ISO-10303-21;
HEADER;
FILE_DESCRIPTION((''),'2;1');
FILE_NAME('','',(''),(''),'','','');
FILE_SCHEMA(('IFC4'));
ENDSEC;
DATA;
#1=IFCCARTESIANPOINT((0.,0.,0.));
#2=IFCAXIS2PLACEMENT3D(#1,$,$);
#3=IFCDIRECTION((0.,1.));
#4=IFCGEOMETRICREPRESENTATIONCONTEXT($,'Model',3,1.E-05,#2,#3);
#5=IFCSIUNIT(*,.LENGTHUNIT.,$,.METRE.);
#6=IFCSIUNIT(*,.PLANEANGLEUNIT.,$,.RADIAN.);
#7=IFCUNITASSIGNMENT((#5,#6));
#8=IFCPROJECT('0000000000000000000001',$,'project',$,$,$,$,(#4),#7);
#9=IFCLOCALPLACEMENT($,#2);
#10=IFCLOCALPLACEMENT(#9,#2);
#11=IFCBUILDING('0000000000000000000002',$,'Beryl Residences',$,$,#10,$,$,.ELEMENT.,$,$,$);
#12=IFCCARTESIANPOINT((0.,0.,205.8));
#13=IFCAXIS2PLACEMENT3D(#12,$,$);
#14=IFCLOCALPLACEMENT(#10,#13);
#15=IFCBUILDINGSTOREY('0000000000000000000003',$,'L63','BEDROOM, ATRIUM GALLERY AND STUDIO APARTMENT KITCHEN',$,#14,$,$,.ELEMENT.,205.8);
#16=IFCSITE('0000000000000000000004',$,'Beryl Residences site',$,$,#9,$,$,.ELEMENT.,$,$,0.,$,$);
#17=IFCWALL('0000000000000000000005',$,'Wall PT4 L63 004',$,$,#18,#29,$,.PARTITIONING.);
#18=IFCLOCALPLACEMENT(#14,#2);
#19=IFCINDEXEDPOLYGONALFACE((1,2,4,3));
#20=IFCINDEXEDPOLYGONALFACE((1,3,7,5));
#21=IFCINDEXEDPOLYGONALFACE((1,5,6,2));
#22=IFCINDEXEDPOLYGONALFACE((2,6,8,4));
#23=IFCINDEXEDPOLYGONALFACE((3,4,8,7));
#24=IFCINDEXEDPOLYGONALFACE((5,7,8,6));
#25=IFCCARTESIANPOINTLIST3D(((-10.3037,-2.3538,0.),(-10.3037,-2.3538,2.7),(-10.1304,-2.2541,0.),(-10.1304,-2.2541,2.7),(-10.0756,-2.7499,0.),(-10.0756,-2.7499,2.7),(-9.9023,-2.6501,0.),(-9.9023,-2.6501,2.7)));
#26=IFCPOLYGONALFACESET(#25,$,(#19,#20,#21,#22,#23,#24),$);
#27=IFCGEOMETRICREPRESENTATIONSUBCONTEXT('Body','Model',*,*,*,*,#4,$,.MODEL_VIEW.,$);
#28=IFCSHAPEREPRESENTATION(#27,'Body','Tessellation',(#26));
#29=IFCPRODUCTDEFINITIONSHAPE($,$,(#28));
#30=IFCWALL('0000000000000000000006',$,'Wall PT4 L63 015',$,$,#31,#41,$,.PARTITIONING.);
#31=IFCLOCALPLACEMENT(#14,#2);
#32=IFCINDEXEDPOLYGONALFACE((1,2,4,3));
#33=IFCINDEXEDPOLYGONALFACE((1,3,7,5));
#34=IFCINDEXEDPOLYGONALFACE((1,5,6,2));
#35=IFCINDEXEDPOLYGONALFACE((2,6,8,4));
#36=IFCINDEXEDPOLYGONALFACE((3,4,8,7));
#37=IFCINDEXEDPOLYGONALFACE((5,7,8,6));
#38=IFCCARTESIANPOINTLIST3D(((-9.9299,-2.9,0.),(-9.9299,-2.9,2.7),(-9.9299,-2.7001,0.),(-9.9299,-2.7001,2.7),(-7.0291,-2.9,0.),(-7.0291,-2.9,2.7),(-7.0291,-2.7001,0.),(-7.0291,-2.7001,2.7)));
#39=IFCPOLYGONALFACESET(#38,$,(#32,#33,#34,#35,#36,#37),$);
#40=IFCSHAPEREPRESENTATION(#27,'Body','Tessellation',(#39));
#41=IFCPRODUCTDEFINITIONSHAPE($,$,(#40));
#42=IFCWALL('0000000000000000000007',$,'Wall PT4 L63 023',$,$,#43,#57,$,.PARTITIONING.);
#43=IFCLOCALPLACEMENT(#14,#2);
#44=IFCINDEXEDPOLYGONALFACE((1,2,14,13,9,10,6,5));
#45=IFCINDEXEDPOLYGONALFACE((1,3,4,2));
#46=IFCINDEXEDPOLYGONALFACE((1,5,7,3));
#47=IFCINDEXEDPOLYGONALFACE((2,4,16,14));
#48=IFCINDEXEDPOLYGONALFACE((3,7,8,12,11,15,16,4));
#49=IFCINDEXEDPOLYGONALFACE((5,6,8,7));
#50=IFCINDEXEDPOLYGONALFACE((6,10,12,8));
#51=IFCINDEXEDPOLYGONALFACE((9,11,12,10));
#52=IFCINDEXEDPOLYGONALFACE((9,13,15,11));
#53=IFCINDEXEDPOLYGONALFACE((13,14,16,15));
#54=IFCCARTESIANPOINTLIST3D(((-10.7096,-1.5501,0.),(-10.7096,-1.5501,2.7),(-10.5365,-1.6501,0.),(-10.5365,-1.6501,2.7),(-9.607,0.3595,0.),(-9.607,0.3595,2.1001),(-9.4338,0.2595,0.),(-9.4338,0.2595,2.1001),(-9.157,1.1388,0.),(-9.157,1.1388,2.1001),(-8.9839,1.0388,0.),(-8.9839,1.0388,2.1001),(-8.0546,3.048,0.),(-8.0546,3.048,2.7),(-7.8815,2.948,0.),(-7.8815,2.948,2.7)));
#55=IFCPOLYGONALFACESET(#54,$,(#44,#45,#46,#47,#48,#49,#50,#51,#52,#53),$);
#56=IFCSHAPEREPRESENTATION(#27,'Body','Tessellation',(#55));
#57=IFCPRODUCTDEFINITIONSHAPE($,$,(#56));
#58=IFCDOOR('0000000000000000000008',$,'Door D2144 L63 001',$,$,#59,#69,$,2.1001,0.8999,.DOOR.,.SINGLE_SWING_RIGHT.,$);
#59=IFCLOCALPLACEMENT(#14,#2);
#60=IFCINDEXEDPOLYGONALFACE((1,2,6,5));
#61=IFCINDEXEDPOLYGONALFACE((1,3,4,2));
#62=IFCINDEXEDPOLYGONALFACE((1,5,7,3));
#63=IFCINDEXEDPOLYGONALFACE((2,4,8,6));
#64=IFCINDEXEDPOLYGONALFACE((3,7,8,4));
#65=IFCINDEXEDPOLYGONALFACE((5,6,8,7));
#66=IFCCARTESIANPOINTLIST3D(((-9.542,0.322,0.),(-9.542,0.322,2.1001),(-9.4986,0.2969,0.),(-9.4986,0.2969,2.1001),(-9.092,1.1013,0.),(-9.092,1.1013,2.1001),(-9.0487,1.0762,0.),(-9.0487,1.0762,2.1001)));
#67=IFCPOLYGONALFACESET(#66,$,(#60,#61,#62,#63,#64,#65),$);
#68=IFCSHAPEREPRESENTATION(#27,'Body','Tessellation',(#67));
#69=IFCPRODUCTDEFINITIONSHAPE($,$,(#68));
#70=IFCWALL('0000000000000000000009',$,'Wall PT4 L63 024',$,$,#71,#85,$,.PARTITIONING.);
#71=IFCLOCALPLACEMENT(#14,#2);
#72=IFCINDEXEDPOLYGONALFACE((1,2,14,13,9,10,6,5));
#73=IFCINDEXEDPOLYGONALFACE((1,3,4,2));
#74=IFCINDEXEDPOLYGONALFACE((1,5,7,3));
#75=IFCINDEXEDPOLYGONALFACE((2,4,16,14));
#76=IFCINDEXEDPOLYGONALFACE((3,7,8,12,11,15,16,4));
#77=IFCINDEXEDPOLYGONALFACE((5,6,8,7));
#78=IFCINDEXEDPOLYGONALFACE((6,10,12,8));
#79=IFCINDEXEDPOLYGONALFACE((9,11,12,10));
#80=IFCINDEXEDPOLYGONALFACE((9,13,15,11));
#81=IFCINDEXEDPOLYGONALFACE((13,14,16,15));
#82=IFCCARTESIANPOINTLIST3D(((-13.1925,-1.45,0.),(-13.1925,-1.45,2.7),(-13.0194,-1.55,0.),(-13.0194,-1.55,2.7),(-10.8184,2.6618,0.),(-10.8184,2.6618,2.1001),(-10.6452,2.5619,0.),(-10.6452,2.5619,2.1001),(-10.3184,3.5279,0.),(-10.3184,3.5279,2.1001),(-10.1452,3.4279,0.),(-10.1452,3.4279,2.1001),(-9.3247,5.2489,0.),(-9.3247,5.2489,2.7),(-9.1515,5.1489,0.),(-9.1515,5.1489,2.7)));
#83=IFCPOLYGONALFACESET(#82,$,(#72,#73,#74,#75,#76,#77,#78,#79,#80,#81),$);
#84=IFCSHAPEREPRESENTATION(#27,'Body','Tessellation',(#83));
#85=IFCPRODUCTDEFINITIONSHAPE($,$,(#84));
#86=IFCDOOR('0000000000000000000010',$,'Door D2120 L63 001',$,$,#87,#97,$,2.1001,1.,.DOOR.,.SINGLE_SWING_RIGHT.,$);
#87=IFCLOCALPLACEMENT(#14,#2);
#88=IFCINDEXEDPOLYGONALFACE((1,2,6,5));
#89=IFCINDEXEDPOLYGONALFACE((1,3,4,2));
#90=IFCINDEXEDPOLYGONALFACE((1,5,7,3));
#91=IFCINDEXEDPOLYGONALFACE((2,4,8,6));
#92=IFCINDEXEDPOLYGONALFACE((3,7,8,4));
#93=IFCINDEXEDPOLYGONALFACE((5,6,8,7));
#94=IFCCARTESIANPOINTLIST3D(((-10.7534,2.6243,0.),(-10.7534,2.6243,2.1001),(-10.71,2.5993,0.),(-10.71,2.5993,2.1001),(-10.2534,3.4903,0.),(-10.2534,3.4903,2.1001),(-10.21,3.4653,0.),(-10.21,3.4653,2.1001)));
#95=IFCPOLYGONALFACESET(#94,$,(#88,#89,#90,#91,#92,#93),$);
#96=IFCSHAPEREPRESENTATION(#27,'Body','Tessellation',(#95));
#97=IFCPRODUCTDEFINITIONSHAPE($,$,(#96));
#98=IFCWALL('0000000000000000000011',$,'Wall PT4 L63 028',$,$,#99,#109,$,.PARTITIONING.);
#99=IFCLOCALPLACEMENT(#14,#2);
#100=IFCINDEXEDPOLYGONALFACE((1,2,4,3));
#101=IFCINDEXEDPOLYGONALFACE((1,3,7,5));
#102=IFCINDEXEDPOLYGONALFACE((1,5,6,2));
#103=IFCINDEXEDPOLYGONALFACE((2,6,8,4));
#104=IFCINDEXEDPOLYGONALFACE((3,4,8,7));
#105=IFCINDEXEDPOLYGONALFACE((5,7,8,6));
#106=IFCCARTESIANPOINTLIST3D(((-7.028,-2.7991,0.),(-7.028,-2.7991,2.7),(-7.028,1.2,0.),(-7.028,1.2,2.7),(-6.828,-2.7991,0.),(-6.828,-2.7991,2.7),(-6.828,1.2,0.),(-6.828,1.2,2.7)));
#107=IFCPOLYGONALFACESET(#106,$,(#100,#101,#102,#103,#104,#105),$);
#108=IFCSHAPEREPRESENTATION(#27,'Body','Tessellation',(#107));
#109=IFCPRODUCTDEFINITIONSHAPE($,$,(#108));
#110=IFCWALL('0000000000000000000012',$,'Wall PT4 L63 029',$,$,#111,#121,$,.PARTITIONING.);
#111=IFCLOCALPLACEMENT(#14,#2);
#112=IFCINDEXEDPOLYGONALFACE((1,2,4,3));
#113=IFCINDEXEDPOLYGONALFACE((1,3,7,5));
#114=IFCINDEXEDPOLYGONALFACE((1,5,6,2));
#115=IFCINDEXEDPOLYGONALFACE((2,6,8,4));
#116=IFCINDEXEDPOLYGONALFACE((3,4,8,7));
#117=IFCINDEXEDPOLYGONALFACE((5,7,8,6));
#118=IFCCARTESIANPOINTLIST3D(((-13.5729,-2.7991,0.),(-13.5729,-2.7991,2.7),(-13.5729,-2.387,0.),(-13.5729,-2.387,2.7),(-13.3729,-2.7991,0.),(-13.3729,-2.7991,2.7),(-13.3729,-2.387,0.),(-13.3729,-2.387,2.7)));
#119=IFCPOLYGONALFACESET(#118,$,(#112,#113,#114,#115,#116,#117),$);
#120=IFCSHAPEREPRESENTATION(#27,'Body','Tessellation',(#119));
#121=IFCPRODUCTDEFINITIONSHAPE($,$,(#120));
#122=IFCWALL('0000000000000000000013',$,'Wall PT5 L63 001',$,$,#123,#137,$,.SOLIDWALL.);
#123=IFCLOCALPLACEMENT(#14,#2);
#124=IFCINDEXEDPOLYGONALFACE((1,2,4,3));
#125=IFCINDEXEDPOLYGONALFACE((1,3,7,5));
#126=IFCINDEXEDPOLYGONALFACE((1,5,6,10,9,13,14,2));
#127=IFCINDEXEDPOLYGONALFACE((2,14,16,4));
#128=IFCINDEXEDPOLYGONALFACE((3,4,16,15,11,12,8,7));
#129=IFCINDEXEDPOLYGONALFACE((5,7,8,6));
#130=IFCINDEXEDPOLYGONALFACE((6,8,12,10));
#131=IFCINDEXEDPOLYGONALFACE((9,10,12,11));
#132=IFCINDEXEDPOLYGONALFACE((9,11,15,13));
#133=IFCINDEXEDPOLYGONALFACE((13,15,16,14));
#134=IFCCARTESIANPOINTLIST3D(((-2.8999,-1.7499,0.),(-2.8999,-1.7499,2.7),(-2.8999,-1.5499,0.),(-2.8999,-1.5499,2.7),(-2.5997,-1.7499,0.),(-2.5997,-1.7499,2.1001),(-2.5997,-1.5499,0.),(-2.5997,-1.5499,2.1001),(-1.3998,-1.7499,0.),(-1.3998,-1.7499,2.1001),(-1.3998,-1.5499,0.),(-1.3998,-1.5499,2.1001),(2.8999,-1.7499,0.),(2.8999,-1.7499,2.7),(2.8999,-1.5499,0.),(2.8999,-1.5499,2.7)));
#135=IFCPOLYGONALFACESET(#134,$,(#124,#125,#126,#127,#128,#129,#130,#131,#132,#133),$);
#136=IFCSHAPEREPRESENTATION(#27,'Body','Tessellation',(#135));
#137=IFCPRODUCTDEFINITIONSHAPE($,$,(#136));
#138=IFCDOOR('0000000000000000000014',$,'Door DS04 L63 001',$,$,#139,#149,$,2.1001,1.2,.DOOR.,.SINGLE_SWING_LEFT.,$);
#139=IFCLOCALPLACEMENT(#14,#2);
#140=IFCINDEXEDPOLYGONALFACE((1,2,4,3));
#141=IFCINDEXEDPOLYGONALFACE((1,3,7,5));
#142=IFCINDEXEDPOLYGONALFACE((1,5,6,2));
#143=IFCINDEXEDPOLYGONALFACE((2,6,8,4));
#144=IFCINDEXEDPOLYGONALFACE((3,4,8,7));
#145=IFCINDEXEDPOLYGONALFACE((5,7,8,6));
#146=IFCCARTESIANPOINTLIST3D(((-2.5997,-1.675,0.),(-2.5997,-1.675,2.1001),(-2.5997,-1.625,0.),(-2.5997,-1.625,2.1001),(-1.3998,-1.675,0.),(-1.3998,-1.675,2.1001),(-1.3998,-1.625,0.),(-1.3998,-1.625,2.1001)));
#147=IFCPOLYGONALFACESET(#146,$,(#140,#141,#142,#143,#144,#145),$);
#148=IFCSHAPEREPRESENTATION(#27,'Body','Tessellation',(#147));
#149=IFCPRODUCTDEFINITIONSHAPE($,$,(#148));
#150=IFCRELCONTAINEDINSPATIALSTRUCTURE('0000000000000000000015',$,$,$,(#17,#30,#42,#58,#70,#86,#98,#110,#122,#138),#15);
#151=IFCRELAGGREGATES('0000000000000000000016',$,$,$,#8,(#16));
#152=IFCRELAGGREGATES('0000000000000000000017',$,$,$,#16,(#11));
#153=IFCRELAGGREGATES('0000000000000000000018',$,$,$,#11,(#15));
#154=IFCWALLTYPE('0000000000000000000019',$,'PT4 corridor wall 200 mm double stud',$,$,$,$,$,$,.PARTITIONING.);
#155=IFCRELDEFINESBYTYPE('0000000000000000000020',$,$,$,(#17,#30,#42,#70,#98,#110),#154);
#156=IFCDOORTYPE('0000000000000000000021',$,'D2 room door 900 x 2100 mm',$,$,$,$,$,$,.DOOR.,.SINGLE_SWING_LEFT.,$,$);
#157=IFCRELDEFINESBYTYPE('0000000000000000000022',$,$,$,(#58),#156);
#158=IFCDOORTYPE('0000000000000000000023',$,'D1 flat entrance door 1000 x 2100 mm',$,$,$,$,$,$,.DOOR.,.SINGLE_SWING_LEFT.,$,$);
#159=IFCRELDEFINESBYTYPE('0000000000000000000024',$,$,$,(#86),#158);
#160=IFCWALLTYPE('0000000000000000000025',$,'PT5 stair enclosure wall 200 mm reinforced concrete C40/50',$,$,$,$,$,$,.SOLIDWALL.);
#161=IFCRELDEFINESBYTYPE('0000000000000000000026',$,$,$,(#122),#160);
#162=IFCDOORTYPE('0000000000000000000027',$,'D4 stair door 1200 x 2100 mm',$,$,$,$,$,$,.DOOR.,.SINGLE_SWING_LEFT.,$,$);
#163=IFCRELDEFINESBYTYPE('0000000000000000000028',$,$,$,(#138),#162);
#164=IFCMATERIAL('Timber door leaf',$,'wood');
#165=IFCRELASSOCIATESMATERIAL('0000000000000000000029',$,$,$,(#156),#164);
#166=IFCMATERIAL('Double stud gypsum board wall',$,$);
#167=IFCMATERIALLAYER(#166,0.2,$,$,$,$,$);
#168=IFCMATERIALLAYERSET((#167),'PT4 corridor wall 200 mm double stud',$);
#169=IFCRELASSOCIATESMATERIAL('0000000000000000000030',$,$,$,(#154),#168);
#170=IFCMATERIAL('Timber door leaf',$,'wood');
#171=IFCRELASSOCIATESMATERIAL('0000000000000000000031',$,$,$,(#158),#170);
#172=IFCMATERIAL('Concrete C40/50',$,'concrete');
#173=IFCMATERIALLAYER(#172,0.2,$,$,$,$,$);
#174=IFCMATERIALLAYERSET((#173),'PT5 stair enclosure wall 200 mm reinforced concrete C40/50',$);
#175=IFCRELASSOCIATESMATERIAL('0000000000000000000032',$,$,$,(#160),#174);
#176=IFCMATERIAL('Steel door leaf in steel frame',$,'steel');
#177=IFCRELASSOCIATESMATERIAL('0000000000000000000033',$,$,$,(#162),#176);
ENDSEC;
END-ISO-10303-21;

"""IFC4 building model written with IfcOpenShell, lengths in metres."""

from ifc_helpers import new_model, si_unit, direction, frame, frame_2d, origin, place, context, subcontext, project, spatial, rectangle, extrude, material, layer, layer_set, type_object, element, fill, save


model = new_model("IFC4")

# Units and contexts
model_context = context("Model", 3, precision=1e-05, world=origin(), true_north=direction((0.0, 1.0)))
body_context = subcontext(model_context, "Body", "Model", "MODEL_VIEW")
ifc_project = project(units=[si_unit("LENGTHUNIT", "METRE"), si_unit("PLANEANGLEUNIT", "RADIAN")], contexts=[model_context])

# Site, building, storey
site_placement = place(None, origin())
site = spatial("IfcSite", under=ifc_project, at=site_placement, Name="Beryl Residences site", CompositionType="ELEMENT", RefElevation=0.0)
building_placement = place(site_placement, origin())
building = spatial("IfcBuilding", under=site, at=building_placement, Name="Beryl Residences", CompositionType="ELEMENT")
storey_placement = place(building_placement, frame((0.0, 0.0, 205.8)))
storey = spatial("IfcBuildingStorey", under=building, at=storey_placement, Name="L63", Description="BEDROOM, ATRIUM GALLERY AND STUDIO APARTMENT KITCHEN", CompositionType="ELEMENT", Elevation=205.8)

# Shared definitions
ifc_material_1 = material(Name="Timber door leaf", Category="wood")
door_type_1 = type_object("IfcDoorType", Name="D2 room door 900 x 2100 mm", OperationType="SINGLE_SWING_LEFT", PredefinedType="DOOR", material=ifc_material_1)

# Walls
ifc_material_2 = material(Name="Double stud gypsum board wall")
ifc_layer_1 = layer(ifc_material_2, 0.2)
ifc_layer_set_1 = layer_set([ifc_layer_1], Name="PT4 corridor wall 200 mm double stud")
wall_type_1 = type_object("IfcWallType", Name="PT4 corridor wall 200 mm double stud", PredefinedType="PARTITIONING", material=ifc_layer_set_1)
wall_1_placement = place(storey_placement, frame((-10.217, -2.304, 0.0), z_axis=(0.0, 0.0, 1.0), x_axis=(0.499013, -0.866594, 0.0)))
element("IfcWall", 1, at=wall_1_placement, inside=storey, type_object=wall_type_1, Name="Wall PT4 L63 004", PredefinedType="PARTITIONING", context=body_context, shape_type="SweptSolid", body=[
    extrude(rectangle(XDim=0.457, YDim=0.2, at=frame_2d((0.2285, 0.0))), origin(), (0.0, 0.0, 1.0), 2.7),
])
wall_2_placement = place(storey_placement, frame((-9.9299, -2.8, 0.0), z_axis=(0.0, 0.0, 1.0), x_axis=(1.0, 0.0, 0.0)))
element("IfcWall", 2, at=wall_2_placement, inside=storey, type_object=wall_type_1, Name="Wall PT4 L63 015", PredefinedType="PARTITIONING", context=body_context, shape_type="SweptSolid", body=[
    extrude(rectangle(XDim=2.9009, YDim=0.2, at=frame_2d((1.4504, 0.0))), origin(), (0.0, 0.0, 1.0), 2.7),
])

# Walls, openings, doors
wall_3_placement = place(storey_placement, frame((-10.623, -1.6001, 0.0), z_axis=(0.0, 0.0, 1.0), x_axis=(0.500041, 0.866002, 0.0)))
wall_3 = element("IfcWall", 3, at=wall_3_placement, inside=storey, type_object=wall_type_1, Name="Wall PT4 L63 023", PredefinedType="PARTITIONING", context=body_context, shape_type="SweptSolid", body=[
    extrude(rectangle(XDim=5.3096, YDim=0.2, at=frame_2d((2.6548, 0.0))), origin(), (0.0, 0.0, 1.0), 2.7),
])
opening_1_placement = place(wall_3_placement, frame((2.2051, 0.0, 0.0)))
opening_1 = element("IfcOpeningElement", 4, at=opening_1_placement, cuts=wall_3, PredefinedType="OPENING", context=body_context, shape_type="SweptSolid", body=[
    extrude(rectangle(XDim=0.8999, YDim=2.1001, at=frame_2d((0.45, 1.05))), frame((0.0, 0.1099, 0.0), z_axis=(0.0, -1.0, 0.0), x_axis=(1.0, 0.0, 0.0)), (0.0, 0.0, 1.0), 0.22),
])
door_1_placement = place(opening_1_placement, origin())
door_1 = element("IfcDoor", 5, at=door_1_placement, inside=storey, type_object=door_type_1, Name="Door D2144 L63 001", OperationType="SINGLE_SWING_RIGHT", OverallHeight=2.1001, OverallWidth=0.8999, PredefinedType="DOOR", context=body_context, shape_type="SweptSolid", body=[
    extrude(rectangle(XDim=0.8999, YDim=2.1001, at=frame_2d((0.45, 1.05))), frame((0.0, 0.0249, 0.0), z_axis=(0.0, -1.0, 0.0), x_axis=(1.0, 0.0, 0.0)), (0.0, 0.0, 1.0), 0.05),
])
fill(opening_1, door_1)
wall_4_placement = place(storey_placement, frame((-13.106, -1.5, 0.0), z_axis=(0.0, 0.0, 1.0), x_axis=(0.500026, 0.866011, 0.0)))
wall_4 = element("IfcWall", 6, at=wall_4_placement, inside=storey, type_object=wall_type_1, Name="Wall PT4 L63 024", PredefinedType="PARTITIONING", context=body_context, shape_type="SweptSolid", body=[
    extrude(rectangle(XDim=7.7354, YDim=0.2, at=frame_2d((3.8677, 0.0))), origin(), (0.0, 0.0, 1.0), 2.7),
])
opening_2_placement = place(wall_4_placement, frame((4.748, 0.0, 0.0)))
opening_2 = element("IfcOpeningElement", 7, at=opening_2_placement, cuts=wall_4, PredefinedType="OPENING", context=body_context, shape_type="SweptSolid", body=[
    extrude(rectangle(XDim=1.0, YDim=2.1001, at=frame_2d((0.5, 1.05))), frame((0.0, 0.1099, 0.0), z_axis=(0.0, -1.0, 0.0), x_axis=(1.0, 0.0, 0.0)), (0.0, 0.0, 1.0), 0.22),
])
ifc_material_3 = material(Name="Timber door leaf", Category="wood")
door_type_2 = type_object("IfcDoorType", Name="D1 flat entrance door 1000 x 2100 mm", OperationType="SINGLE_SWING_LEFT", PredefinedType="DOOR", material=ifc_material_3)
door_2_placement = place(opening_2_placement, origin())
door_2 = element("IfcDoor", 8, at=door_2_placement, inside=storey, type_object=door_type_2, Name="Door D2120 L63 001", OperationType="SINGLE_SWING_RIGHT", OverallHeight=2.1001, OverallWidth=1.0, PredefinedType="DOOR", context=body_context, shape_type="SweptSolid", body=[
    extrude(rectangle(XDim=1.0, YDim=2.1001, at=frame_2d((0.5, 1.05))), frame((0.0, 0.0249, 0.0), z_axis=(0.0, -1.0, 0.0), x_axis=(1.0, 0.0, 0.0)), (0.0, 0.0, 1.0), 0.05),
])
fill(opening_2, door_2)

# Walls
wall_5_placement = place(storey_placement, frame((-6.928, -2.7991, 0.0), z_axis=(0.0, 0.0, 1.0), x_axis=(0.0, 1.0, 0.0)))
element("IfcWall", 9, at=wall_5_placement, inside=storey, type_object=wall_type_1, Name="Wall PT4 L63 028", PredefinedType="PARTITIONING", context=body_context, shape_type="SweptSolid", body=[
    extrude(rectangle(XDim=3.999, YDim=0.2, at=frame_2d((1.9995, 0.0))), origin(), (0.0, 0.0, 1.0), 2.7),
])
wall_6_placement = place(storey_placement, frame((-13.4729, -2.7991, 0.0), z_axis=(0.0, 0.0, 1.0), x_axis=(0.0, 1.0, 0.0)))
element("IfcWall", 10, at=wall_6_placement, inside=storey, type_object=wall_type_1, Name="Wall PT4 L63 029", PredefinedType="PARTITIONING", context=body_context, shape_type="SweptSolid", body=[
    extrude(rectangle(XDim=0.4121, YDim=0.2, at=frame_2d((0.2061, 0.0))), origin(), (0.0, 0.0, 1.0), 2.7),
])

# Wall, opening, door
ifc_material_4 = material(Name="Concrete C40/50", Category="concrete")
ifc_layer_2 = layer(ifc_material_4, 0.2)
ifc_layer_set_2 = layer_set([ifc_layer_2], Name="PT5 stair enclosure wall 200 mm reinforced concrete C40/50")
wall_type_2 = type_object("IfcWallType", Name="PT5 stair enclosure wall 200 mm reinforced concrete C40/50", PredefinedType="SOLIDWALL", material=ifc_layer_set_2)
wall_7_placement = place(storey_placement, frame((-2.8999, -1.6499, 0.0), z_axis=(0.0, 0.0, 1.0), x_axis=(1.0, 0.0, 0.0)))
wall_7 = element("IfcWall", 11, at=wall_7_placement, inside=storey, type_object=wall_type_2, Name="Wall PT5 L63 001", PredefinedType="SOLIDWALL", context=body_context, shape_type="SweptSolid", body=[
    extrude(rectangle(XDim=5.7998, YDim=0.2, at=frame_2d((2.8999, 0.0))), origin(), (0.0, 0.0, 1.0), 2.7),
])
opening_3_placement = place(wall_7_placement, frame((0.3, 0.0, 0.0)))
opening_3 = element("IfcOpeningElement", 12, at=opening_3_placement, cuts=wall_7, PredefinedType="OPENING", context=body_context, shape_type="SweptSolid", body=[
    extrude(rectangle(XDim=1.2, YDim=2.1001, at=frame_2d((0.6001, 1.05))), frame((0.0, 0.1099, 0.0), z_axis=(0.0, -1.0, 0.0), x_axis=(1.0, 0.0, 0.0)), (0.0, 0.0, 1.0), 0.22),
])
ifc_material_5 = material(Name="Steel door leaf in steel frame", Category="steel")
door_type_3 = type_object("IfcDoorType", Name="D4 stair door 1200 x 2100 mm", OperationType="SINGLE_SWING_LEFT", PredefinedType="DOOR", material=ifc_material_5)
door_3_placement = place(opening_3_placement, origin())
door_3 = element("IfcDoor", 13, at=door_3_placement, inside=storey, type_object=door_type_3, Name="Door DS04 L63 001", OperationType="SINGLE_SWING_LEFT", OverallHeight=2.1001, OverallWidth=1.2, PredefinedType="DOOR", context=body_context, shape_type="SweptSolid", body=[
    extrude(rectangle(XDim=1.2, YDim=2.1001, at=frame_2d((0.6001, 1.05))), frame((0.0, 0.0249, 0.0), z_axis=(0.0, -1.0, 0.0), x_axis=(1.0, 0.0, 0.0)), (0.0, 0.0, 1.0), 0.05),
])
fill(opening_3, door_3)

save(model, "model.ifc")
